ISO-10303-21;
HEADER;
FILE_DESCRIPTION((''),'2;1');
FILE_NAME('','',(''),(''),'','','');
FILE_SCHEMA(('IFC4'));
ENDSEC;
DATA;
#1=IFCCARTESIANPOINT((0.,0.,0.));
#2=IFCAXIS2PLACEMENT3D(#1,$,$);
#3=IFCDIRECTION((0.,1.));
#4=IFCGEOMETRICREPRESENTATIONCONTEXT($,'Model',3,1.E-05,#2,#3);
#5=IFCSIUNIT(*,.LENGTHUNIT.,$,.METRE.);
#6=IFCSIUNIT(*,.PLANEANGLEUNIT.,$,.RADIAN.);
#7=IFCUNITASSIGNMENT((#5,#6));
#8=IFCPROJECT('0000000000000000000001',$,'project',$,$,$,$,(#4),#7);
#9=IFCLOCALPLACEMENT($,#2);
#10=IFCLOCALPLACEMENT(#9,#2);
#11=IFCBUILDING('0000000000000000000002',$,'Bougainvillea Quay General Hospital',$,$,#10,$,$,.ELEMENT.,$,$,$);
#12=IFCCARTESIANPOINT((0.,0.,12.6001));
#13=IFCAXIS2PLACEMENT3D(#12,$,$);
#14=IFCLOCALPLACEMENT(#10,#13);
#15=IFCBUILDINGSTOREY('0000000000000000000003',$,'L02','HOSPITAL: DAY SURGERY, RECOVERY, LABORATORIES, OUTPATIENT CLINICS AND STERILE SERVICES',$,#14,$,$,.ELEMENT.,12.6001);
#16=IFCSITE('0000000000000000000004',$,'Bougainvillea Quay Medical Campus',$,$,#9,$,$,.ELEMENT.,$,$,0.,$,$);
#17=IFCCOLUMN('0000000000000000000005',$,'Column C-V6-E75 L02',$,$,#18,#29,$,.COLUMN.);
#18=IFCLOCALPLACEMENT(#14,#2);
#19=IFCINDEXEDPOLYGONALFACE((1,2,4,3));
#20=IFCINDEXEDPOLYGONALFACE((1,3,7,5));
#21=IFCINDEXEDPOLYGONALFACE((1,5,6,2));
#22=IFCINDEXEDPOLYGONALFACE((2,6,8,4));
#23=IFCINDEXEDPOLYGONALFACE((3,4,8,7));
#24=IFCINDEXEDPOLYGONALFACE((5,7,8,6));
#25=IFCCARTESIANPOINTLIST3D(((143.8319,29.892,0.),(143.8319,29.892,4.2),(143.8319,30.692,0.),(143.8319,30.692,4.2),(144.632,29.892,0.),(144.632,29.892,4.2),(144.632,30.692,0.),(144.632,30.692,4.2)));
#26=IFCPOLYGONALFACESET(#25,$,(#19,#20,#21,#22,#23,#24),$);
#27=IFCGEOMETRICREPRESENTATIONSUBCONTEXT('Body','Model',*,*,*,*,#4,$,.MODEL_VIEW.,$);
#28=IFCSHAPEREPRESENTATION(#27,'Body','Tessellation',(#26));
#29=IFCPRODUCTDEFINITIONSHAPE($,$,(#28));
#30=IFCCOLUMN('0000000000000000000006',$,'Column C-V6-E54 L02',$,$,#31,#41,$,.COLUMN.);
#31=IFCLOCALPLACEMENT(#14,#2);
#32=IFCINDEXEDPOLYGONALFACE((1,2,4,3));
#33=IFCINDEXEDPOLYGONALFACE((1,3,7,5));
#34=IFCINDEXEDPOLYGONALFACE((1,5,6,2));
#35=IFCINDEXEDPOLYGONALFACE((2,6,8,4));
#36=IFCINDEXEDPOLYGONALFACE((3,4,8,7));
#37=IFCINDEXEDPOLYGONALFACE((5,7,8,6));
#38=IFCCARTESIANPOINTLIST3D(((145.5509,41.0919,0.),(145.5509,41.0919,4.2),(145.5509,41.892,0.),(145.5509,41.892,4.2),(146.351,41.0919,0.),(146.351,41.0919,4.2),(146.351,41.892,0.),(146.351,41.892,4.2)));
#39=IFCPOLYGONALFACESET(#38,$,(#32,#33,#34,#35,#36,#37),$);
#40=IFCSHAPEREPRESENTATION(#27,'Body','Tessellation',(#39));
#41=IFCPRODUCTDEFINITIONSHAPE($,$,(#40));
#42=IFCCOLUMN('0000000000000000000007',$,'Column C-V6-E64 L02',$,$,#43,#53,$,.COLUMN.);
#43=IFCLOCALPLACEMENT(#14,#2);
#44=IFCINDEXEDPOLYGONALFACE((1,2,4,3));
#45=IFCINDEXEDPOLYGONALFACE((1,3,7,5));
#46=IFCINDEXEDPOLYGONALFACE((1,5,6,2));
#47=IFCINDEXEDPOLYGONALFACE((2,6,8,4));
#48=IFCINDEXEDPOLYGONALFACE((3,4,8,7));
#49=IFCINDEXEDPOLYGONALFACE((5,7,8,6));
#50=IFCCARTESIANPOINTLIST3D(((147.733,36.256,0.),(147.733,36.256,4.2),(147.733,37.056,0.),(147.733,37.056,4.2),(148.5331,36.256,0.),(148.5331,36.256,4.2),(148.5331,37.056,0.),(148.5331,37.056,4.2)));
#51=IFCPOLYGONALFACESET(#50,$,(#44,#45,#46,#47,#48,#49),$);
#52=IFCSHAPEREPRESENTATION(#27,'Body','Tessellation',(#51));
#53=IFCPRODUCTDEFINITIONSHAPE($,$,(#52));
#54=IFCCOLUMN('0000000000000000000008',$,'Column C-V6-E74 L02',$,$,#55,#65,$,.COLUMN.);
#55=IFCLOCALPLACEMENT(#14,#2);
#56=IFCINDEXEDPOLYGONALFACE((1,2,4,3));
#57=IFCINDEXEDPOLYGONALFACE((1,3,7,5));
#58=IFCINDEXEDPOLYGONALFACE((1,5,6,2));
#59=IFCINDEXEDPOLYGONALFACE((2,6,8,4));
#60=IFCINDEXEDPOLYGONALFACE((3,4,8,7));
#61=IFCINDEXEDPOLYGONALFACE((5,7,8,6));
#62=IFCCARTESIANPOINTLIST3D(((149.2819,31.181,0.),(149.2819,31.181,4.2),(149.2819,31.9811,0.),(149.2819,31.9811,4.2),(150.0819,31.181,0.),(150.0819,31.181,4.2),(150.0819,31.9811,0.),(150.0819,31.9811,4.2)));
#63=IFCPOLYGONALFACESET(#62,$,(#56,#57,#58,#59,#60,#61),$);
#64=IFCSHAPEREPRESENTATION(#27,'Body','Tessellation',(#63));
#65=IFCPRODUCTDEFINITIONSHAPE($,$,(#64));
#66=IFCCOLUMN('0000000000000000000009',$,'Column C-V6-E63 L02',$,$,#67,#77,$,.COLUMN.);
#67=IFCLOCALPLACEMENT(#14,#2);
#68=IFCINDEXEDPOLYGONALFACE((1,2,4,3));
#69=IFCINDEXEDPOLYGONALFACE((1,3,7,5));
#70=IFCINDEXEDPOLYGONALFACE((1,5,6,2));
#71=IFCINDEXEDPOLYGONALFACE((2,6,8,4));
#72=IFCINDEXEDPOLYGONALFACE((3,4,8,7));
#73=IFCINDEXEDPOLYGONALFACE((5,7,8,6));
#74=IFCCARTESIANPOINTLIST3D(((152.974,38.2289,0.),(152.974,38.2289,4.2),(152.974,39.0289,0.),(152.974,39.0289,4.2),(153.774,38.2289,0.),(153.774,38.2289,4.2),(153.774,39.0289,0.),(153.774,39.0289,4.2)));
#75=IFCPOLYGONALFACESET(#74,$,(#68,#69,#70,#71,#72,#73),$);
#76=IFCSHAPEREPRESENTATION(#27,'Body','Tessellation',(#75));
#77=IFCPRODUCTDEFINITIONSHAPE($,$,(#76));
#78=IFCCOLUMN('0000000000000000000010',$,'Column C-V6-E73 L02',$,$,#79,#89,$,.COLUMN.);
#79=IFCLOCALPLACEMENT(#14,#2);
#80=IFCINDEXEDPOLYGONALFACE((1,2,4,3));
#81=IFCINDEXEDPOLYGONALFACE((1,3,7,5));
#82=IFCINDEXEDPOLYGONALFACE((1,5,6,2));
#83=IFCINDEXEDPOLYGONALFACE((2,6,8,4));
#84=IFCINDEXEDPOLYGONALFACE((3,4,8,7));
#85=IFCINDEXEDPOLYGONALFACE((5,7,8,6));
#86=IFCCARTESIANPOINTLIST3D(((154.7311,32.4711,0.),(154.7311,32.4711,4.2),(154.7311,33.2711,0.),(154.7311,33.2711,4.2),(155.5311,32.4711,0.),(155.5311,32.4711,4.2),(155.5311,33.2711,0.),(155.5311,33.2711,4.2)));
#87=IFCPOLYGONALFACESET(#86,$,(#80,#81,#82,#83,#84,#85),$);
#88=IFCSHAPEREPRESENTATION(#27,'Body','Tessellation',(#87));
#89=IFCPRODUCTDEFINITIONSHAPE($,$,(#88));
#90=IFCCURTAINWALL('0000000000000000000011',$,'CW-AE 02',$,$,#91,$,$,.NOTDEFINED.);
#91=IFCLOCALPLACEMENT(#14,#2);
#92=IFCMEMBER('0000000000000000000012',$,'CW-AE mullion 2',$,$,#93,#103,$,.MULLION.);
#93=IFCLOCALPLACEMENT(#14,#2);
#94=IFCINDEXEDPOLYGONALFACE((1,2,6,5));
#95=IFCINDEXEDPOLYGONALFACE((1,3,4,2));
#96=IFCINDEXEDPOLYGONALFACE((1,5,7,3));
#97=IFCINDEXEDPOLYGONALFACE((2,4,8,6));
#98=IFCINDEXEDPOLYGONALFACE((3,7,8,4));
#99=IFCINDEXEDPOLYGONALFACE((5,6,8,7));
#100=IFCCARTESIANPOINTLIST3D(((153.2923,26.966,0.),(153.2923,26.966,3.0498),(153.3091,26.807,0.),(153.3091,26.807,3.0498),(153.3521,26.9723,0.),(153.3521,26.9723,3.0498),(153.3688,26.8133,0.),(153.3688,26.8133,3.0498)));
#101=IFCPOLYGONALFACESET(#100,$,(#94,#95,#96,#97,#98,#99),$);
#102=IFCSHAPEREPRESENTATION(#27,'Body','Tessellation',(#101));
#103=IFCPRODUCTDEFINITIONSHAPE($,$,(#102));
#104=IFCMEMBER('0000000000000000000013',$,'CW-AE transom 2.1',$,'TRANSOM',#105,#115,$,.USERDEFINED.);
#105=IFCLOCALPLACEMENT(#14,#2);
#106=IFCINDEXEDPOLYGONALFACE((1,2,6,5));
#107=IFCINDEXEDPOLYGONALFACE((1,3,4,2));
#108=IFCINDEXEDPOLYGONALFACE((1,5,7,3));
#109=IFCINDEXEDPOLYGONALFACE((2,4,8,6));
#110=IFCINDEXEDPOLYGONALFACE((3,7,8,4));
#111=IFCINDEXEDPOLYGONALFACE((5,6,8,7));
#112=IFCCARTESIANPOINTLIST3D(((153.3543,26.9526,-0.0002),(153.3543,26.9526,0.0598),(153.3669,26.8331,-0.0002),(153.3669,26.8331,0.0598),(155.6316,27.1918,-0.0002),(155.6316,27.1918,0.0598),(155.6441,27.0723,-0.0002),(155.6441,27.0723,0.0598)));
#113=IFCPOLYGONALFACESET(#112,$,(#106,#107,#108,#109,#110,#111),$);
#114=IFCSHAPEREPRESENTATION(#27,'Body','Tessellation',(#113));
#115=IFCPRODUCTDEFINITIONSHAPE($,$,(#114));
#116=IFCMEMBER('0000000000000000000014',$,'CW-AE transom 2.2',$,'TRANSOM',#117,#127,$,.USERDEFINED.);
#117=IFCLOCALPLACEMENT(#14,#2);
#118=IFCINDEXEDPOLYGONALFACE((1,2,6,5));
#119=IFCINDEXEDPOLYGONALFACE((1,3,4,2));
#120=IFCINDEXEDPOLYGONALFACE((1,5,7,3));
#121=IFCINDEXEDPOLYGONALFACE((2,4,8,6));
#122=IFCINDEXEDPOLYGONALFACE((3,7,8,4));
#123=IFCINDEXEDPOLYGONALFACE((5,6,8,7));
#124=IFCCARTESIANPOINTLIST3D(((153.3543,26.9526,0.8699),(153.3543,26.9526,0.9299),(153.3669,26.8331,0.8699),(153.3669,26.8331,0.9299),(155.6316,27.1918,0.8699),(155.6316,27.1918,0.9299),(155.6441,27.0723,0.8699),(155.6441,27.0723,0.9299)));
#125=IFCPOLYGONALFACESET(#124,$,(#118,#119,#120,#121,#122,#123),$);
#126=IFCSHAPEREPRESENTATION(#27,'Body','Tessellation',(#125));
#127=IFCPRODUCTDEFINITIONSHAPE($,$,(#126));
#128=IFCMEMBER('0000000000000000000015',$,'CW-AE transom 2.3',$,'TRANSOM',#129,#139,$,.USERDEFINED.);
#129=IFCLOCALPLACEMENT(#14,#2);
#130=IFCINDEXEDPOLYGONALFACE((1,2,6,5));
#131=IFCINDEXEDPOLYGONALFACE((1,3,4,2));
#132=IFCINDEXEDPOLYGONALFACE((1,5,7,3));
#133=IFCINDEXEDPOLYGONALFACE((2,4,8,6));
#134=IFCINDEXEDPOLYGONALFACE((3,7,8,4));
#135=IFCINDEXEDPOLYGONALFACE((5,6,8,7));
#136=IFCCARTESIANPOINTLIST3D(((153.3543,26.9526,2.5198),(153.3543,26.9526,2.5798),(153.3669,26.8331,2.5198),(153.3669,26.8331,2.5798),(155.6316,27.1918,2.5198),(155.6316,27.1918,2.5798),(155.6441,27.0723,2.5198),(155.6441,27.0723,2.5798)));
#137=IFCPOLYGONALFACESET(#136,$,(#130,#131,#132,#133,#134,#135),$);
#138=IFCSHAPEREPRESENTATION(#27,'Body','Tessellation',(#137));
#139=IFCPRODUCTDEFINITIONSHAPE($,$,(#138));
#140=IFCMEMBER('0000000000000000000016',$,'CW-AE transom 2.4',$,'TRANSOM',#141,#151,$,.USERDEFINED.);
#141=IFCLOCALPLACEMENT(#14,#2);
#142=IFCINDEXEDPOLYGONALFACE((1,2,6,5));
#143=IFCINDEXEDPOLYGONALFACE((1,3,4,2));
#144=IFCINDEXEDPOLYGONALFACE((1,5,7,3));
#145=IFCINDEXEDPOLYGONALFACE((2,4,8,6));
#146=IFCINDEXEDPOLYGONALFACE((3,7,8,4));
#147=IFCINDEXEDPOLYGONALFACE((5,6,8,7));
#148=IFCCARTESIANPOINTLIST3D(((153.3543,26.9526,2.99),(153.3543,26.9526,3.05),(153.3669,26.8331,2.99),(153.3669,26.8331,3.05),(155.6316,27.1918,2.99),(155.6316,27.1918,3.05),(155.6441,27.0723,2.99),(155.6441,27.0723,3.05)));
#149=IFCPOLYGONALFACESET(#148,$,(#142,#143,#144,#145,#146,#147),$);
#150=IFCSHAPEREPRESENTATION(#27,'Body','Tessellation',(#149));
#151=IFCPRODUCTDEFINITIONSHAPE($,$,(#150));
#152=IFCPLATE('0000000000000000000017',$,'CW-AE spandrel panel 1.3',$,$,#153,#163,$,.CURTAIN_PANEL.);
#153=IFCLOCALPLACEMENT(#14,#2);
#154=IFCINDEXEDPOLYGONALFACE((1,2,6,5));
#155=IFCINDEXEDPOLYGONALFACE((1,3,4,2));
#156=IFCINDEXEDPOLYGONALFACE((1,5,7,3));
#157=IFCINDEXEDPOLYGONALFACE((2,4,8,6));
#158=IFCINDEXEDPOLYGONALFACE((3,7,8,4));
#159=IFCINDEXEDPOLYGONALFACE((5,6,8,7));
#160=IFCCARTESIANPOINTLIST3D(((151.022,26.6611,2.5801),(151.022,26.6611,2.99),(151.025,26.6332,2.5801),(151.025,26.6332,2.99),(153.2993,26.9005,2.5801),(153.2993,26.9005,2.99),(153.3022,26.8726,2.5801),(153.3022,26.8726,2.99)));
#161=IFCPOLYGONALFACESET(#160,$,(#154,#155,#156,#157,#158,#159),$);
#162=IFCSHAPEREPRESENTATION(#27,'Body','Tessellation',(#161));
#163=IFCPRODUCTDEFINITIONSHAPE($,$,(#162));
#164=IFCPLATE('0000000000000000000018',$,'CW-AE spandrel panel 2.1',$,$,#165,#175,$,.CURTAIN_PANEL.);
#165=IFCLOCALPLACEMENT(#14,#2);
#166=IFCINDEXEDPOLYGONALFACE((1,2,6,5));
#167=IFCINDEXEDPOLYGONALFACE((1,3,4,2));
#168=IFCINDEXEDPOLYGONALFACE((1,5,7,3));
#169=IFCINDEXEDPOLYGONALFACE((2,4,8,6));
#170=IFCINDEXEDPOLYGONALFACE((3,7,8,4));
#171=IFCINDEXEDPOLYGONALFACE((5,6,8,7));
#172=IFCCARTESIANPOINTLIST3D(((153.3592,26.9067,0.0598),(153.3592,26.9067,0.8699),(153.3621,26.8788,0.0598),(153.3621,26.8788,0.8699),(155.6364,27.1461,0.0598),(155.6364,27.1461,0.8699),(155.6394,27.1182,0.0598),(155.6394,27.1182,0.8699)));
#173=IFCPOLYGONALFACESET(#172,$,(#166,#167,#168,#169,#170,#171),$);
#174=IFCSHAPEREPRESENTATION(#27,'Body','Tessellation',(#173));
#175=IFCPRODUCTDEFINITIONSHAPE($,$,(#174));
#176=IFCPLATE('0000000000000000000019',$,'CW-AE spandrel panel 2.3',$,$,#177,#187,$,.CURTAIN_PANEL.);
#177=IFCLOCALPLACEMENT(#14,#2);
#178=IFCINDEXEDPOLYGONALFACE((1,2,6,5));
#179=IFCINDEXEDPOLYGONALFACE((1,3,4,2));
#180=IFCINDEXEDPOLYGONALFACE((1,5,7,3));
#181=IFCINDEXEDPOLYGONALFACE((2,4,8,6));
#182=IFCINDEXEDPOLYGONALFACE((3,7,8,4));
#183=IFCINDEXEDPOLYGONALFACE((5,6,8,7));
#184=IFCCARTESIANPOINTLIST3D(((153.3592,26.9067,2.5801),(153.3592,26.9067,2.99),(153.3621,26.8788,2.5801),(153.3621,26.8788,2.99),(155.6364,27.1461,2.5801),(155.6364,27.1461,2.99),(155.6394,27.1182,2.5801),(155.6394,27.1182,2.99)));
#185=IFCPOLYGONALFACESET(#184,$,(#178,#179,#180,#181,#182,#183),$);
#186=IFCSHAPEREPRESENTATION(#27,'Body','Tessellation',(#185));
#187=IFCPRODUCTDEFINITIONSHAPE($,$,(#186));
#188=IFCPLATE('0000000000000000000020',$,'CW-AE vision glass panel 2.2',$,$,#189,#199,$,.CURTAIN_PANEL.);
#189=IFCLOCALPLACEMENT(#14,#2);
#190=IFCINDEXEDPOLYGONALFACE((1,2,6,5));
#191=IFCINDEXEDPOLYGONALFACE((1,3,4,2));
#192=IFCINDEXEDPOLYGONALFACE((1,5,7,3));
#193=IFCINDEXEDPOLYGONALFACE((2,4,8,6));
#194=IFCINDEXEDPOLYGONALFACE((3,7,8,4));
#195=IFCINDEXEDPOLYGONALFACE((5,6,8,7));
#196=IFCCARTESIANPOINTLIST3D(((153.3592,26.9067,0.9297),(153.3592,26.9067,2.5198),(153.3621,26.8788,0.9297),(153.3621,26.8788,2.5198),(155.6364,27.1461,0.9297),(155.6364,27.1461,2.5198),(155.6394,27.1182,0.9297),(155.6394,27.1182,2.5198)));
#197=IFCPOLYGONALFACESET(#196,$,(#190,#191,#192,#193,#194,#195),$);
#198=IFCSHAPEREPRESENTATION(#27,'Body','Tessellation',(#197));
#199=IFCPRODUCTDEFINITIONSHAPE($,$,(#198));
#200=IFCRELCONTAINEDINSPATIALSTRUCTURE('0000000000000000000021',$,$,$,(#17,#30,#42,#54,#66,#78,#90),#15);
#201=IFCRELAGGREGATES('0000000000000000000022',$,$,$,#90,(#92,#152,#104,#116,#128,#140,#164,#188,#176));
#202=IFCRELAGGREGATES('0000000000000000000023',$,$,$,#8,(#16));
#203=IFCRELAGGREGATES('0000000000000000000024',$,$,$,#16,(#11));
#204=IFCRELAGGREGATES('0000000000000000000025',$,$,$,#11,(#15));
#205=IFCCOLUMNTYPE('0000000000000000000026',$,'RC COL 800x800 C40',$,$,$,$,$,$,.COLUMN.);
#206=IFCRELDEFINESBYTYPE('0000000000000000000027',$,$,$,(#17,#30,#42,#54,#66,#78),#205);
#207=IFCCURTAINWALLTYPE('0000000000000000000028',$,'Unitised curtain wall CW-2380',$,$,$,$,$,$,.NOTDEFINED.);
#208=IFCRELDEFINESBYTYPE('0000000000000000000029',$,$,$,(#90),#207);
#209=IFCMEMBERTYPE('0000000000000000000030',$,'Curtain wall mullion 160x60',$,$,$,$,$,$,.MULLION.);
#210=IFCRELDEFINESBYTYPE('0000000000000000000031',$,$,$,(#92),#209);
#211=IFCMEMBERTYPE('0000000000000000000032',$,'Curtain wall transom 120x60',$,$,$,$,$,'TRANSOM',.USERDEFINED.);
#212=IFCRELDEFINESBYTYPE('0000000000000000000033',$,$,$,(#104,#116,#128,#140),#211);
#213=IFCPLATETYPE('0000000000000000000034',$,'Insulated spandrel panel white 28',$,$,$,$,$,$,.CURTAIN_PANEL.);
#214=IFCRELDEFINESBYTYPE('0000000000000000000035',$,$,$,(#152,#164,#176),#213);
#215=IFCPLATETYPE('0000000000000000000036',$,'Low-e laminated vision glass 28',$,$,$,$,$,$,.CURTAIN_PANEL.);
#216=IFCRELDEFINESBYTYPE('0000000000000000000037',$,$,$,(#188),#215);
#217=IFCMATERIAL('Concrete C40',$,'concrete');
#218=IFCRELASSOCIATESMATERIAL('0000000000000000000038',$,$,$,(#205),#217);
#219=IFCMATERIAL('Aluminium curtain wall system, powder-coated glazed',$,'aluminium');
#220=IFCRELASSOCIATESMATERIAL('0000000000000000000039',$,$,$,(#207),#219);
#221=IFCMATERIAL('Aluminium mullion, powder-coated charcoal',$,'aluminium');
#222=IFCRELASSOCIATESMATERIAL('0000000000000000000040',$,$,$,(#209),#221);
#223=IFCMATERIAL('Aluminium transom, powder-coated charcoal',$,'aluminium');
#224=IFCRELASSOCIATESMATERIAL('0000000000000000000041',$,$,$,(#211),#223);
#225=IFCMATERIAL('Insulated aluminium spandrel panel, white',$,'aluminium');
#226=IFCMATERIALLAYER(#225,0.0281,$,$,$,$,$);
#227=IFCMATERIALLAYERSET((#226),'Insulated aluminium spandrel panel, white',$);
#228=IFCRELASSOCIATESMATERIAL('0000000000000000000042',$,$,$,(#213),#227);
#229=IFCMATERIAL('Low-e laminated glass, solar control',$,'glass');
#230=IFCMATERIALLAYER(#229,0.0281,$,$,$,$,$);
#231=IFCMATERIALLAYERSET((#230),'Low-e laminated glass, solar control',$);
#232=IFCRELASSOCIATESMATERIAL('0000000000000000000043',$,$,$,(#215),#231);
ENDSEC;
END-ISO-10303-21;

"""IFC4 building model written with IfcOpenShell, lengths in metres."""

from ifc_helpers import new_model, si_unit, direction, frame, origin, origin_2d, place, context, subcontext, project, spatial, rectangle, extrude, material, layer, layer_set, material_profile, profile_set, type_object, element, aggregate, save


model = new_model("IFC4")

# Units and contexts
model_context = context("Model", 3, precision=1e-05, world=origin(), true_north=direction((0.0, 1.0)))
body_context = subcontext(model_context, "Body", "Model", "MODEL_VIEW")
ifc_project = project(units=[si_unit("LENGTHUNIT", "METRE"), si_unit("PLANEANGLEUNIT", "RADIAN")], contexts=[model_context])

# Site, building, storey
site_placement = place(None, origin())
site = spatial("IfcSite", under=ifc_project, at=site_placement, Name="Bougainvillea Quay Medical Campus", CompositionType="ELEMENT", RefElevation=0.0)
building_placement = place(site_placement, origin())
building = spatial("IfcBuilding", under=site, at=building_placement, Name="Bougainvillea Quay General Hospital", CompositionType="ELEMENT")
storey_placement = place(building_placement, frame((0.0, 0.0, 12.6001)))
storey = spatial("IfcBuildingStorey", under=building, at=storey_placement, Name="L02", Description="HOSPITAL: DAY SURGERY, RECOVERY, LABORATORIES, OUTPATIENT CLINICS AND STERILE SERVICES", CompositionType="ELEMENT", Elevation=12.6001)

# Columns
ifc_material_1 = material(Name="Concrete C40", Category="concrete")
ifc_material_profile_1 = material_profile(ifc_material_1, rectangle(XDim=0.8, YDim=0.8, at=origin_2d()))
ifc_profile_set_1 = profile_set([ifc_material_profile_1], Name="Concrete C40")
column_type = type_object("IfcColumnType", Name="RC COL 800x800 C40", PredefinedType="COLUMN", material=ifc_profile_set_1)
for number, where, z_axis, x_axis, name in (
    (1, (144.2319, 30.292, 0.0), (0.0, 0.0, 1.0), (1.0, 0.0, 0.0), "Column C-V6-E75 L02"),
    (2, (145.9509, 41.4919, 0.0), (0.0, 0.0, 1.0), (1.0, 0.0, 0.0), "Column C-V6-E54 L02"),
    (3, (148.1331, 36.656, 0.0), (0.0, 0.0, 1.0), (1.0, 0.0, 0.0), "Column C-V6-E64 L02"),
    (4, (149.6819, 31.5811, 0.0), (0.0, 0.0, 1.0), (1.0, 0.0, 0.0), "Column C-V6-E74 L02"),
    (5, (153.374, 38.6289, 0.0), (0.0, 0.0, 1.0), (1.0, 0.0, 0.0), "Column C-V6-E63 L02"),
    (6, (155.1311, 32.8711, 0.0), (0.0, 0.0, 1.0), (1.0, 0.0, 0.0), "Column C-V6-E73 L02"),
):
    element("IfcColumn", number, at=place(storey_placement, frame(where, z_axis=z_axis, x_axis=x_axis)), inside=storey, type_object=column_type, Name=name, PredefinedType="COLUMN", context=body_context, shape_type="SweptSolid", body=[
        extrude(rectangle(XDim=0.8, YDim=0.8, at=origin_2d()), origin(), (0.0, 0.0, 1.0), 4.2),
    ])

# Curtain wall, members, plates
ifc_material_2 = material(Name="Aluminium curtain wall system, powder-coated glazed", Category="aluminium")
curtain_wall_type = type_object("IfcCurtainWallType", Name="Unitised curtain wall CW-2380", PredefinedType="NOTDEFINED", material=ifc_material_2)
curtain_wall_placement = place(storey_placement, origin())
curtain_wall = element("IfcCurtainWall", 7, at=curtain_wall_placement, inside=storey, type_object=curtain_wall_type, Name="CW-AE 02", PredefinedType="NOTDEFINED")
ifc_material_3 = material(Name="Aluminium mullion, powder-coated charcoal", Category="aluminium")
ifc_material_profile_2 = material_profile(ifc_material_3, rectangle(XDim=0.1599, YDim=0.0601, at=origin_2d()))
ifc_profile_set_2 = profile_set([ifc_material_profile_2], Name="Aluminium mullion, powder-coated charcoal")
member_type_1 = type_object("IfcMemberType", Name="Curtain wall mullion 160x60", PredefinedType="MULLION", material=ifc_profile_set_2)
member_1_placement = place(storey_placement, frame((153.3306, 26.8896, 0.0), z_axis=(0.0, 0.0, 1.0), x_axis=(-0.104527, 0.994522, 0.0)))
member_1 = element("IfcMember", 8, at=member_1_placement, type_object=member_type_1, Name="CW-AE mullion 2", PredefinedType="MULLION", context=body_context, shape_type="SweptSolid", body=[
    extrude(rectangle(XDim=0.1599, YDim=0.0601, at=origin_2d()), origin(), (0.0, 0.0, 1.0), 3.0498),
])
ifc_material_4 = material(Name="Aluminium transom, powder-coated charcoal", Category="aluminium")
ifc_material_profile_3 = material_profile(ifc_material_4, rectangle(XDim=0.1201, YDim=0.0601, at=origin_2d()))
ifc_profile_set_3 = profile_set([ifc_material_profile_3], Name="Aluminium transom, powder-coated charcoal")
member_type_2 = type_object("IfcMemberType", Name="Curtain wall transom 120x60", ElementType="TRANSOM", PredefinedType="USERDEFINED", material=ifc_profile_set_3)
member_2_placement = place(storey_placement, frame((153.3606, 26.8928, 0.0298), z_axis=(0.994526, 0.104485, 0.0), x_axis=(-0.104485, 0.994526, 0.0)))
member_2 = element("IfcMember", 9, at=member_2_placement, type_object=member_type_2, Name="CW-AE transom 2.1", ObjectType="TRANSOM", PredefinedType="USERDEFINED", context=body_context, shape_type="SweptSolid", body=[
    extrude(rectangle(XDim=0.1201, YDim=0.0601, at=origin_2d()), origin(), (0.0, 0.0, 1.0), 2.2898),
])
member_3_placement = place(storey_placement, frame((153.3606, 26.8928, 0.8999), z_axis=(0.994526, 0.104485, 0.0), x_axis=(-0.104485, 0.994526, 0.0)))
member_3 = element("IfcMember", 10, at=member_3_placement, type_object=member_type_2, Name="CW-AE transom 2.2", ObjectType="TRANSOM", PredefinedType="USERDEFINED", context=body_context, shape_type="SweptSolid", body=[
    extrude(rectangle(XDim=0.1201, YDim=0.0601, at=origin_2d()), origin(), (0.0, 0.0, 1.0), 2.2898),
])
member_4_placement = place(storey_placement, frame((153.3606, 26.8928, 2.5498), z_axis=(0.994526, 0.104485, 0.0), x_axis=(-0.104485, 0.994526, 0.0)))
member_4 = element("IfcMember", 11, at=member_4_placement, type_object=member_type_2, Name="CW-AE transom 2.3", ObjectType="TRANSOM", PredefinedType="USERDEFINED", context=body_context, shape_type="SweptSolid", body=[
    extrude(rectangle(XDim=0.1201, YDim=0.0601, at=origin_2d()), origin(), (0.0, 0.0, 1.0), 2.2898),
])
member_5_placement = place(storey_placement, frame((153.3606, 26.8928, 3.02), z_axis=(0.994526, 0.104485, 0.0), x_axis=(-0.104485, 0.994526, 0.0)))
member_5 = element("IfcMember", 12, at=member_5_placement, type_object=member_type_2, Name="CW-AE transom 2.4", ObjectType="TRANSOM", PredefinedType="USERDEFINED", context=body_context, shape_type="SweptSolid", body=[
    extrude(rectangle(XDim=0.1201, YDim=0.0601, at=origin_2d()), origin(), (0.0, 0.0, 1.0), 2.2898),
])
ifc_material_5 = material(Name="Insulated aluminium spandrel panel, white", Category="aluminium")
ifc_layer_1 = layer(ifc_material_5, 0.0281)
ifc_layer_set_1 = layer_set([ifc_layer_1], Name="Insulated aluminium spandrel panel, white")
plate_type_1 = type_object("IfcPlateType", Name="Insulated spandrel panel white 28", PredefinedType="CURTAIN_PANEL", material=ifc_layer_set_1)
plate_1_placement = place(storey_placement, frame((152.1621, 26.7668, 2.5801), z_axis=(0.0, 0.0, 1.0), x_axis=(0.994522, 0.104527, 0.0)))
plate_1 = element("IfcPlate", 13, at=plate_1_placement, type_object=plate_type_1, Name="CW-AE spandrel panel 1.3", PredefinedType="CURTAIN_PANEL", context=body_context, shape_type="SweptSolid", body=[
    extrude(rectangle(XDim=2.2898, YDim=0.0281, at=origin_2d()), origin(), (0.0, 0.0, 1.0), 0.4099),
])
plate_2_placement = place(storey_placement, frame((154.4993, 27.0125, 0.0598), z_axis=(0.0, 0.0, 1.0), x_axis=(0.994522, 0.104527, 0.0)))
plate_2 = element("IfcPlate", 14, at=plate_2_placement, type_object=plate_type_1, Name="CW-AE spandrel panel 2.1", PredefinedType="CURTAIN_PANEL", context=body_context, shape_type="SweptSolid", body=[
    extrude(rectangle(XDim=2.2898, YDim=0.0281, at=origin_2d()), origin(), (0.0, 0.0, 1.0), 0.8101),
])
plate_3_placement = place(storey_placement, frame((154.4993, 27.0125, 2.5801), z_axis=(0.0, 0.0, 1.0), x_axis=(0.994522, 0.104527, 0.0)))
plate_3 = element("IfcPlate", 15, at=plate_3_placement, type_object=plate_type_1, Name="CW-AE spandrel panel 2.3", PredefinedType="CURTAIN_PANEL", context=body_context, shape_type="SweptSolid", body=[
    extrude(rectangle(XDim=2.2898, YDim=0.0281, at=origin_2d()), origin(), (0.0, 0.0, 1.0), 0.4099),
])
ifc_material_6 = material(Name="Low-e laminated glass, solar control", Category="glass")
ifc_layer_2 = layer(ifc_material_6, 0.0281)
ifc_layer_set_2 = layer_set([ifc_layer_2], Name="Low-e laminated glass, solar control")
plate_type_2 = type_object("IfcPlateType", Name="Low-e laminated vision glass 28", PredefinedType="CURTAIN_PANEL", material=ifc_layer_set_2)
plate_4_placement = place(storey_placement, frame((154.4993, 27.0125, 0.9297), z_axis=(0.0, 0.0, 1.0), x_axis=(0.994522, 0.104527, 0.0)))
plate_4 = element("IfcPlate", 16, at=plate_4_placement, type_object=plate_type_2, Name="CW-AE vision glass panel 2.2", PredefinedType="CURTAIN_PANEL", context=body_context, shape_type="SweptSolid", body=[
    extrude(rectangle(XDim=2.2898, YDim=0.0281, at=origin_2d()), origin(), (0.0, 0.0, 1.0), 1.5901),
])
aggregate(curtain_wall, [member_1, plate_1, member_2, member_3, member_4, member_5, plate_2, plate_4, plate_3])

save(model, "model.ifc")
